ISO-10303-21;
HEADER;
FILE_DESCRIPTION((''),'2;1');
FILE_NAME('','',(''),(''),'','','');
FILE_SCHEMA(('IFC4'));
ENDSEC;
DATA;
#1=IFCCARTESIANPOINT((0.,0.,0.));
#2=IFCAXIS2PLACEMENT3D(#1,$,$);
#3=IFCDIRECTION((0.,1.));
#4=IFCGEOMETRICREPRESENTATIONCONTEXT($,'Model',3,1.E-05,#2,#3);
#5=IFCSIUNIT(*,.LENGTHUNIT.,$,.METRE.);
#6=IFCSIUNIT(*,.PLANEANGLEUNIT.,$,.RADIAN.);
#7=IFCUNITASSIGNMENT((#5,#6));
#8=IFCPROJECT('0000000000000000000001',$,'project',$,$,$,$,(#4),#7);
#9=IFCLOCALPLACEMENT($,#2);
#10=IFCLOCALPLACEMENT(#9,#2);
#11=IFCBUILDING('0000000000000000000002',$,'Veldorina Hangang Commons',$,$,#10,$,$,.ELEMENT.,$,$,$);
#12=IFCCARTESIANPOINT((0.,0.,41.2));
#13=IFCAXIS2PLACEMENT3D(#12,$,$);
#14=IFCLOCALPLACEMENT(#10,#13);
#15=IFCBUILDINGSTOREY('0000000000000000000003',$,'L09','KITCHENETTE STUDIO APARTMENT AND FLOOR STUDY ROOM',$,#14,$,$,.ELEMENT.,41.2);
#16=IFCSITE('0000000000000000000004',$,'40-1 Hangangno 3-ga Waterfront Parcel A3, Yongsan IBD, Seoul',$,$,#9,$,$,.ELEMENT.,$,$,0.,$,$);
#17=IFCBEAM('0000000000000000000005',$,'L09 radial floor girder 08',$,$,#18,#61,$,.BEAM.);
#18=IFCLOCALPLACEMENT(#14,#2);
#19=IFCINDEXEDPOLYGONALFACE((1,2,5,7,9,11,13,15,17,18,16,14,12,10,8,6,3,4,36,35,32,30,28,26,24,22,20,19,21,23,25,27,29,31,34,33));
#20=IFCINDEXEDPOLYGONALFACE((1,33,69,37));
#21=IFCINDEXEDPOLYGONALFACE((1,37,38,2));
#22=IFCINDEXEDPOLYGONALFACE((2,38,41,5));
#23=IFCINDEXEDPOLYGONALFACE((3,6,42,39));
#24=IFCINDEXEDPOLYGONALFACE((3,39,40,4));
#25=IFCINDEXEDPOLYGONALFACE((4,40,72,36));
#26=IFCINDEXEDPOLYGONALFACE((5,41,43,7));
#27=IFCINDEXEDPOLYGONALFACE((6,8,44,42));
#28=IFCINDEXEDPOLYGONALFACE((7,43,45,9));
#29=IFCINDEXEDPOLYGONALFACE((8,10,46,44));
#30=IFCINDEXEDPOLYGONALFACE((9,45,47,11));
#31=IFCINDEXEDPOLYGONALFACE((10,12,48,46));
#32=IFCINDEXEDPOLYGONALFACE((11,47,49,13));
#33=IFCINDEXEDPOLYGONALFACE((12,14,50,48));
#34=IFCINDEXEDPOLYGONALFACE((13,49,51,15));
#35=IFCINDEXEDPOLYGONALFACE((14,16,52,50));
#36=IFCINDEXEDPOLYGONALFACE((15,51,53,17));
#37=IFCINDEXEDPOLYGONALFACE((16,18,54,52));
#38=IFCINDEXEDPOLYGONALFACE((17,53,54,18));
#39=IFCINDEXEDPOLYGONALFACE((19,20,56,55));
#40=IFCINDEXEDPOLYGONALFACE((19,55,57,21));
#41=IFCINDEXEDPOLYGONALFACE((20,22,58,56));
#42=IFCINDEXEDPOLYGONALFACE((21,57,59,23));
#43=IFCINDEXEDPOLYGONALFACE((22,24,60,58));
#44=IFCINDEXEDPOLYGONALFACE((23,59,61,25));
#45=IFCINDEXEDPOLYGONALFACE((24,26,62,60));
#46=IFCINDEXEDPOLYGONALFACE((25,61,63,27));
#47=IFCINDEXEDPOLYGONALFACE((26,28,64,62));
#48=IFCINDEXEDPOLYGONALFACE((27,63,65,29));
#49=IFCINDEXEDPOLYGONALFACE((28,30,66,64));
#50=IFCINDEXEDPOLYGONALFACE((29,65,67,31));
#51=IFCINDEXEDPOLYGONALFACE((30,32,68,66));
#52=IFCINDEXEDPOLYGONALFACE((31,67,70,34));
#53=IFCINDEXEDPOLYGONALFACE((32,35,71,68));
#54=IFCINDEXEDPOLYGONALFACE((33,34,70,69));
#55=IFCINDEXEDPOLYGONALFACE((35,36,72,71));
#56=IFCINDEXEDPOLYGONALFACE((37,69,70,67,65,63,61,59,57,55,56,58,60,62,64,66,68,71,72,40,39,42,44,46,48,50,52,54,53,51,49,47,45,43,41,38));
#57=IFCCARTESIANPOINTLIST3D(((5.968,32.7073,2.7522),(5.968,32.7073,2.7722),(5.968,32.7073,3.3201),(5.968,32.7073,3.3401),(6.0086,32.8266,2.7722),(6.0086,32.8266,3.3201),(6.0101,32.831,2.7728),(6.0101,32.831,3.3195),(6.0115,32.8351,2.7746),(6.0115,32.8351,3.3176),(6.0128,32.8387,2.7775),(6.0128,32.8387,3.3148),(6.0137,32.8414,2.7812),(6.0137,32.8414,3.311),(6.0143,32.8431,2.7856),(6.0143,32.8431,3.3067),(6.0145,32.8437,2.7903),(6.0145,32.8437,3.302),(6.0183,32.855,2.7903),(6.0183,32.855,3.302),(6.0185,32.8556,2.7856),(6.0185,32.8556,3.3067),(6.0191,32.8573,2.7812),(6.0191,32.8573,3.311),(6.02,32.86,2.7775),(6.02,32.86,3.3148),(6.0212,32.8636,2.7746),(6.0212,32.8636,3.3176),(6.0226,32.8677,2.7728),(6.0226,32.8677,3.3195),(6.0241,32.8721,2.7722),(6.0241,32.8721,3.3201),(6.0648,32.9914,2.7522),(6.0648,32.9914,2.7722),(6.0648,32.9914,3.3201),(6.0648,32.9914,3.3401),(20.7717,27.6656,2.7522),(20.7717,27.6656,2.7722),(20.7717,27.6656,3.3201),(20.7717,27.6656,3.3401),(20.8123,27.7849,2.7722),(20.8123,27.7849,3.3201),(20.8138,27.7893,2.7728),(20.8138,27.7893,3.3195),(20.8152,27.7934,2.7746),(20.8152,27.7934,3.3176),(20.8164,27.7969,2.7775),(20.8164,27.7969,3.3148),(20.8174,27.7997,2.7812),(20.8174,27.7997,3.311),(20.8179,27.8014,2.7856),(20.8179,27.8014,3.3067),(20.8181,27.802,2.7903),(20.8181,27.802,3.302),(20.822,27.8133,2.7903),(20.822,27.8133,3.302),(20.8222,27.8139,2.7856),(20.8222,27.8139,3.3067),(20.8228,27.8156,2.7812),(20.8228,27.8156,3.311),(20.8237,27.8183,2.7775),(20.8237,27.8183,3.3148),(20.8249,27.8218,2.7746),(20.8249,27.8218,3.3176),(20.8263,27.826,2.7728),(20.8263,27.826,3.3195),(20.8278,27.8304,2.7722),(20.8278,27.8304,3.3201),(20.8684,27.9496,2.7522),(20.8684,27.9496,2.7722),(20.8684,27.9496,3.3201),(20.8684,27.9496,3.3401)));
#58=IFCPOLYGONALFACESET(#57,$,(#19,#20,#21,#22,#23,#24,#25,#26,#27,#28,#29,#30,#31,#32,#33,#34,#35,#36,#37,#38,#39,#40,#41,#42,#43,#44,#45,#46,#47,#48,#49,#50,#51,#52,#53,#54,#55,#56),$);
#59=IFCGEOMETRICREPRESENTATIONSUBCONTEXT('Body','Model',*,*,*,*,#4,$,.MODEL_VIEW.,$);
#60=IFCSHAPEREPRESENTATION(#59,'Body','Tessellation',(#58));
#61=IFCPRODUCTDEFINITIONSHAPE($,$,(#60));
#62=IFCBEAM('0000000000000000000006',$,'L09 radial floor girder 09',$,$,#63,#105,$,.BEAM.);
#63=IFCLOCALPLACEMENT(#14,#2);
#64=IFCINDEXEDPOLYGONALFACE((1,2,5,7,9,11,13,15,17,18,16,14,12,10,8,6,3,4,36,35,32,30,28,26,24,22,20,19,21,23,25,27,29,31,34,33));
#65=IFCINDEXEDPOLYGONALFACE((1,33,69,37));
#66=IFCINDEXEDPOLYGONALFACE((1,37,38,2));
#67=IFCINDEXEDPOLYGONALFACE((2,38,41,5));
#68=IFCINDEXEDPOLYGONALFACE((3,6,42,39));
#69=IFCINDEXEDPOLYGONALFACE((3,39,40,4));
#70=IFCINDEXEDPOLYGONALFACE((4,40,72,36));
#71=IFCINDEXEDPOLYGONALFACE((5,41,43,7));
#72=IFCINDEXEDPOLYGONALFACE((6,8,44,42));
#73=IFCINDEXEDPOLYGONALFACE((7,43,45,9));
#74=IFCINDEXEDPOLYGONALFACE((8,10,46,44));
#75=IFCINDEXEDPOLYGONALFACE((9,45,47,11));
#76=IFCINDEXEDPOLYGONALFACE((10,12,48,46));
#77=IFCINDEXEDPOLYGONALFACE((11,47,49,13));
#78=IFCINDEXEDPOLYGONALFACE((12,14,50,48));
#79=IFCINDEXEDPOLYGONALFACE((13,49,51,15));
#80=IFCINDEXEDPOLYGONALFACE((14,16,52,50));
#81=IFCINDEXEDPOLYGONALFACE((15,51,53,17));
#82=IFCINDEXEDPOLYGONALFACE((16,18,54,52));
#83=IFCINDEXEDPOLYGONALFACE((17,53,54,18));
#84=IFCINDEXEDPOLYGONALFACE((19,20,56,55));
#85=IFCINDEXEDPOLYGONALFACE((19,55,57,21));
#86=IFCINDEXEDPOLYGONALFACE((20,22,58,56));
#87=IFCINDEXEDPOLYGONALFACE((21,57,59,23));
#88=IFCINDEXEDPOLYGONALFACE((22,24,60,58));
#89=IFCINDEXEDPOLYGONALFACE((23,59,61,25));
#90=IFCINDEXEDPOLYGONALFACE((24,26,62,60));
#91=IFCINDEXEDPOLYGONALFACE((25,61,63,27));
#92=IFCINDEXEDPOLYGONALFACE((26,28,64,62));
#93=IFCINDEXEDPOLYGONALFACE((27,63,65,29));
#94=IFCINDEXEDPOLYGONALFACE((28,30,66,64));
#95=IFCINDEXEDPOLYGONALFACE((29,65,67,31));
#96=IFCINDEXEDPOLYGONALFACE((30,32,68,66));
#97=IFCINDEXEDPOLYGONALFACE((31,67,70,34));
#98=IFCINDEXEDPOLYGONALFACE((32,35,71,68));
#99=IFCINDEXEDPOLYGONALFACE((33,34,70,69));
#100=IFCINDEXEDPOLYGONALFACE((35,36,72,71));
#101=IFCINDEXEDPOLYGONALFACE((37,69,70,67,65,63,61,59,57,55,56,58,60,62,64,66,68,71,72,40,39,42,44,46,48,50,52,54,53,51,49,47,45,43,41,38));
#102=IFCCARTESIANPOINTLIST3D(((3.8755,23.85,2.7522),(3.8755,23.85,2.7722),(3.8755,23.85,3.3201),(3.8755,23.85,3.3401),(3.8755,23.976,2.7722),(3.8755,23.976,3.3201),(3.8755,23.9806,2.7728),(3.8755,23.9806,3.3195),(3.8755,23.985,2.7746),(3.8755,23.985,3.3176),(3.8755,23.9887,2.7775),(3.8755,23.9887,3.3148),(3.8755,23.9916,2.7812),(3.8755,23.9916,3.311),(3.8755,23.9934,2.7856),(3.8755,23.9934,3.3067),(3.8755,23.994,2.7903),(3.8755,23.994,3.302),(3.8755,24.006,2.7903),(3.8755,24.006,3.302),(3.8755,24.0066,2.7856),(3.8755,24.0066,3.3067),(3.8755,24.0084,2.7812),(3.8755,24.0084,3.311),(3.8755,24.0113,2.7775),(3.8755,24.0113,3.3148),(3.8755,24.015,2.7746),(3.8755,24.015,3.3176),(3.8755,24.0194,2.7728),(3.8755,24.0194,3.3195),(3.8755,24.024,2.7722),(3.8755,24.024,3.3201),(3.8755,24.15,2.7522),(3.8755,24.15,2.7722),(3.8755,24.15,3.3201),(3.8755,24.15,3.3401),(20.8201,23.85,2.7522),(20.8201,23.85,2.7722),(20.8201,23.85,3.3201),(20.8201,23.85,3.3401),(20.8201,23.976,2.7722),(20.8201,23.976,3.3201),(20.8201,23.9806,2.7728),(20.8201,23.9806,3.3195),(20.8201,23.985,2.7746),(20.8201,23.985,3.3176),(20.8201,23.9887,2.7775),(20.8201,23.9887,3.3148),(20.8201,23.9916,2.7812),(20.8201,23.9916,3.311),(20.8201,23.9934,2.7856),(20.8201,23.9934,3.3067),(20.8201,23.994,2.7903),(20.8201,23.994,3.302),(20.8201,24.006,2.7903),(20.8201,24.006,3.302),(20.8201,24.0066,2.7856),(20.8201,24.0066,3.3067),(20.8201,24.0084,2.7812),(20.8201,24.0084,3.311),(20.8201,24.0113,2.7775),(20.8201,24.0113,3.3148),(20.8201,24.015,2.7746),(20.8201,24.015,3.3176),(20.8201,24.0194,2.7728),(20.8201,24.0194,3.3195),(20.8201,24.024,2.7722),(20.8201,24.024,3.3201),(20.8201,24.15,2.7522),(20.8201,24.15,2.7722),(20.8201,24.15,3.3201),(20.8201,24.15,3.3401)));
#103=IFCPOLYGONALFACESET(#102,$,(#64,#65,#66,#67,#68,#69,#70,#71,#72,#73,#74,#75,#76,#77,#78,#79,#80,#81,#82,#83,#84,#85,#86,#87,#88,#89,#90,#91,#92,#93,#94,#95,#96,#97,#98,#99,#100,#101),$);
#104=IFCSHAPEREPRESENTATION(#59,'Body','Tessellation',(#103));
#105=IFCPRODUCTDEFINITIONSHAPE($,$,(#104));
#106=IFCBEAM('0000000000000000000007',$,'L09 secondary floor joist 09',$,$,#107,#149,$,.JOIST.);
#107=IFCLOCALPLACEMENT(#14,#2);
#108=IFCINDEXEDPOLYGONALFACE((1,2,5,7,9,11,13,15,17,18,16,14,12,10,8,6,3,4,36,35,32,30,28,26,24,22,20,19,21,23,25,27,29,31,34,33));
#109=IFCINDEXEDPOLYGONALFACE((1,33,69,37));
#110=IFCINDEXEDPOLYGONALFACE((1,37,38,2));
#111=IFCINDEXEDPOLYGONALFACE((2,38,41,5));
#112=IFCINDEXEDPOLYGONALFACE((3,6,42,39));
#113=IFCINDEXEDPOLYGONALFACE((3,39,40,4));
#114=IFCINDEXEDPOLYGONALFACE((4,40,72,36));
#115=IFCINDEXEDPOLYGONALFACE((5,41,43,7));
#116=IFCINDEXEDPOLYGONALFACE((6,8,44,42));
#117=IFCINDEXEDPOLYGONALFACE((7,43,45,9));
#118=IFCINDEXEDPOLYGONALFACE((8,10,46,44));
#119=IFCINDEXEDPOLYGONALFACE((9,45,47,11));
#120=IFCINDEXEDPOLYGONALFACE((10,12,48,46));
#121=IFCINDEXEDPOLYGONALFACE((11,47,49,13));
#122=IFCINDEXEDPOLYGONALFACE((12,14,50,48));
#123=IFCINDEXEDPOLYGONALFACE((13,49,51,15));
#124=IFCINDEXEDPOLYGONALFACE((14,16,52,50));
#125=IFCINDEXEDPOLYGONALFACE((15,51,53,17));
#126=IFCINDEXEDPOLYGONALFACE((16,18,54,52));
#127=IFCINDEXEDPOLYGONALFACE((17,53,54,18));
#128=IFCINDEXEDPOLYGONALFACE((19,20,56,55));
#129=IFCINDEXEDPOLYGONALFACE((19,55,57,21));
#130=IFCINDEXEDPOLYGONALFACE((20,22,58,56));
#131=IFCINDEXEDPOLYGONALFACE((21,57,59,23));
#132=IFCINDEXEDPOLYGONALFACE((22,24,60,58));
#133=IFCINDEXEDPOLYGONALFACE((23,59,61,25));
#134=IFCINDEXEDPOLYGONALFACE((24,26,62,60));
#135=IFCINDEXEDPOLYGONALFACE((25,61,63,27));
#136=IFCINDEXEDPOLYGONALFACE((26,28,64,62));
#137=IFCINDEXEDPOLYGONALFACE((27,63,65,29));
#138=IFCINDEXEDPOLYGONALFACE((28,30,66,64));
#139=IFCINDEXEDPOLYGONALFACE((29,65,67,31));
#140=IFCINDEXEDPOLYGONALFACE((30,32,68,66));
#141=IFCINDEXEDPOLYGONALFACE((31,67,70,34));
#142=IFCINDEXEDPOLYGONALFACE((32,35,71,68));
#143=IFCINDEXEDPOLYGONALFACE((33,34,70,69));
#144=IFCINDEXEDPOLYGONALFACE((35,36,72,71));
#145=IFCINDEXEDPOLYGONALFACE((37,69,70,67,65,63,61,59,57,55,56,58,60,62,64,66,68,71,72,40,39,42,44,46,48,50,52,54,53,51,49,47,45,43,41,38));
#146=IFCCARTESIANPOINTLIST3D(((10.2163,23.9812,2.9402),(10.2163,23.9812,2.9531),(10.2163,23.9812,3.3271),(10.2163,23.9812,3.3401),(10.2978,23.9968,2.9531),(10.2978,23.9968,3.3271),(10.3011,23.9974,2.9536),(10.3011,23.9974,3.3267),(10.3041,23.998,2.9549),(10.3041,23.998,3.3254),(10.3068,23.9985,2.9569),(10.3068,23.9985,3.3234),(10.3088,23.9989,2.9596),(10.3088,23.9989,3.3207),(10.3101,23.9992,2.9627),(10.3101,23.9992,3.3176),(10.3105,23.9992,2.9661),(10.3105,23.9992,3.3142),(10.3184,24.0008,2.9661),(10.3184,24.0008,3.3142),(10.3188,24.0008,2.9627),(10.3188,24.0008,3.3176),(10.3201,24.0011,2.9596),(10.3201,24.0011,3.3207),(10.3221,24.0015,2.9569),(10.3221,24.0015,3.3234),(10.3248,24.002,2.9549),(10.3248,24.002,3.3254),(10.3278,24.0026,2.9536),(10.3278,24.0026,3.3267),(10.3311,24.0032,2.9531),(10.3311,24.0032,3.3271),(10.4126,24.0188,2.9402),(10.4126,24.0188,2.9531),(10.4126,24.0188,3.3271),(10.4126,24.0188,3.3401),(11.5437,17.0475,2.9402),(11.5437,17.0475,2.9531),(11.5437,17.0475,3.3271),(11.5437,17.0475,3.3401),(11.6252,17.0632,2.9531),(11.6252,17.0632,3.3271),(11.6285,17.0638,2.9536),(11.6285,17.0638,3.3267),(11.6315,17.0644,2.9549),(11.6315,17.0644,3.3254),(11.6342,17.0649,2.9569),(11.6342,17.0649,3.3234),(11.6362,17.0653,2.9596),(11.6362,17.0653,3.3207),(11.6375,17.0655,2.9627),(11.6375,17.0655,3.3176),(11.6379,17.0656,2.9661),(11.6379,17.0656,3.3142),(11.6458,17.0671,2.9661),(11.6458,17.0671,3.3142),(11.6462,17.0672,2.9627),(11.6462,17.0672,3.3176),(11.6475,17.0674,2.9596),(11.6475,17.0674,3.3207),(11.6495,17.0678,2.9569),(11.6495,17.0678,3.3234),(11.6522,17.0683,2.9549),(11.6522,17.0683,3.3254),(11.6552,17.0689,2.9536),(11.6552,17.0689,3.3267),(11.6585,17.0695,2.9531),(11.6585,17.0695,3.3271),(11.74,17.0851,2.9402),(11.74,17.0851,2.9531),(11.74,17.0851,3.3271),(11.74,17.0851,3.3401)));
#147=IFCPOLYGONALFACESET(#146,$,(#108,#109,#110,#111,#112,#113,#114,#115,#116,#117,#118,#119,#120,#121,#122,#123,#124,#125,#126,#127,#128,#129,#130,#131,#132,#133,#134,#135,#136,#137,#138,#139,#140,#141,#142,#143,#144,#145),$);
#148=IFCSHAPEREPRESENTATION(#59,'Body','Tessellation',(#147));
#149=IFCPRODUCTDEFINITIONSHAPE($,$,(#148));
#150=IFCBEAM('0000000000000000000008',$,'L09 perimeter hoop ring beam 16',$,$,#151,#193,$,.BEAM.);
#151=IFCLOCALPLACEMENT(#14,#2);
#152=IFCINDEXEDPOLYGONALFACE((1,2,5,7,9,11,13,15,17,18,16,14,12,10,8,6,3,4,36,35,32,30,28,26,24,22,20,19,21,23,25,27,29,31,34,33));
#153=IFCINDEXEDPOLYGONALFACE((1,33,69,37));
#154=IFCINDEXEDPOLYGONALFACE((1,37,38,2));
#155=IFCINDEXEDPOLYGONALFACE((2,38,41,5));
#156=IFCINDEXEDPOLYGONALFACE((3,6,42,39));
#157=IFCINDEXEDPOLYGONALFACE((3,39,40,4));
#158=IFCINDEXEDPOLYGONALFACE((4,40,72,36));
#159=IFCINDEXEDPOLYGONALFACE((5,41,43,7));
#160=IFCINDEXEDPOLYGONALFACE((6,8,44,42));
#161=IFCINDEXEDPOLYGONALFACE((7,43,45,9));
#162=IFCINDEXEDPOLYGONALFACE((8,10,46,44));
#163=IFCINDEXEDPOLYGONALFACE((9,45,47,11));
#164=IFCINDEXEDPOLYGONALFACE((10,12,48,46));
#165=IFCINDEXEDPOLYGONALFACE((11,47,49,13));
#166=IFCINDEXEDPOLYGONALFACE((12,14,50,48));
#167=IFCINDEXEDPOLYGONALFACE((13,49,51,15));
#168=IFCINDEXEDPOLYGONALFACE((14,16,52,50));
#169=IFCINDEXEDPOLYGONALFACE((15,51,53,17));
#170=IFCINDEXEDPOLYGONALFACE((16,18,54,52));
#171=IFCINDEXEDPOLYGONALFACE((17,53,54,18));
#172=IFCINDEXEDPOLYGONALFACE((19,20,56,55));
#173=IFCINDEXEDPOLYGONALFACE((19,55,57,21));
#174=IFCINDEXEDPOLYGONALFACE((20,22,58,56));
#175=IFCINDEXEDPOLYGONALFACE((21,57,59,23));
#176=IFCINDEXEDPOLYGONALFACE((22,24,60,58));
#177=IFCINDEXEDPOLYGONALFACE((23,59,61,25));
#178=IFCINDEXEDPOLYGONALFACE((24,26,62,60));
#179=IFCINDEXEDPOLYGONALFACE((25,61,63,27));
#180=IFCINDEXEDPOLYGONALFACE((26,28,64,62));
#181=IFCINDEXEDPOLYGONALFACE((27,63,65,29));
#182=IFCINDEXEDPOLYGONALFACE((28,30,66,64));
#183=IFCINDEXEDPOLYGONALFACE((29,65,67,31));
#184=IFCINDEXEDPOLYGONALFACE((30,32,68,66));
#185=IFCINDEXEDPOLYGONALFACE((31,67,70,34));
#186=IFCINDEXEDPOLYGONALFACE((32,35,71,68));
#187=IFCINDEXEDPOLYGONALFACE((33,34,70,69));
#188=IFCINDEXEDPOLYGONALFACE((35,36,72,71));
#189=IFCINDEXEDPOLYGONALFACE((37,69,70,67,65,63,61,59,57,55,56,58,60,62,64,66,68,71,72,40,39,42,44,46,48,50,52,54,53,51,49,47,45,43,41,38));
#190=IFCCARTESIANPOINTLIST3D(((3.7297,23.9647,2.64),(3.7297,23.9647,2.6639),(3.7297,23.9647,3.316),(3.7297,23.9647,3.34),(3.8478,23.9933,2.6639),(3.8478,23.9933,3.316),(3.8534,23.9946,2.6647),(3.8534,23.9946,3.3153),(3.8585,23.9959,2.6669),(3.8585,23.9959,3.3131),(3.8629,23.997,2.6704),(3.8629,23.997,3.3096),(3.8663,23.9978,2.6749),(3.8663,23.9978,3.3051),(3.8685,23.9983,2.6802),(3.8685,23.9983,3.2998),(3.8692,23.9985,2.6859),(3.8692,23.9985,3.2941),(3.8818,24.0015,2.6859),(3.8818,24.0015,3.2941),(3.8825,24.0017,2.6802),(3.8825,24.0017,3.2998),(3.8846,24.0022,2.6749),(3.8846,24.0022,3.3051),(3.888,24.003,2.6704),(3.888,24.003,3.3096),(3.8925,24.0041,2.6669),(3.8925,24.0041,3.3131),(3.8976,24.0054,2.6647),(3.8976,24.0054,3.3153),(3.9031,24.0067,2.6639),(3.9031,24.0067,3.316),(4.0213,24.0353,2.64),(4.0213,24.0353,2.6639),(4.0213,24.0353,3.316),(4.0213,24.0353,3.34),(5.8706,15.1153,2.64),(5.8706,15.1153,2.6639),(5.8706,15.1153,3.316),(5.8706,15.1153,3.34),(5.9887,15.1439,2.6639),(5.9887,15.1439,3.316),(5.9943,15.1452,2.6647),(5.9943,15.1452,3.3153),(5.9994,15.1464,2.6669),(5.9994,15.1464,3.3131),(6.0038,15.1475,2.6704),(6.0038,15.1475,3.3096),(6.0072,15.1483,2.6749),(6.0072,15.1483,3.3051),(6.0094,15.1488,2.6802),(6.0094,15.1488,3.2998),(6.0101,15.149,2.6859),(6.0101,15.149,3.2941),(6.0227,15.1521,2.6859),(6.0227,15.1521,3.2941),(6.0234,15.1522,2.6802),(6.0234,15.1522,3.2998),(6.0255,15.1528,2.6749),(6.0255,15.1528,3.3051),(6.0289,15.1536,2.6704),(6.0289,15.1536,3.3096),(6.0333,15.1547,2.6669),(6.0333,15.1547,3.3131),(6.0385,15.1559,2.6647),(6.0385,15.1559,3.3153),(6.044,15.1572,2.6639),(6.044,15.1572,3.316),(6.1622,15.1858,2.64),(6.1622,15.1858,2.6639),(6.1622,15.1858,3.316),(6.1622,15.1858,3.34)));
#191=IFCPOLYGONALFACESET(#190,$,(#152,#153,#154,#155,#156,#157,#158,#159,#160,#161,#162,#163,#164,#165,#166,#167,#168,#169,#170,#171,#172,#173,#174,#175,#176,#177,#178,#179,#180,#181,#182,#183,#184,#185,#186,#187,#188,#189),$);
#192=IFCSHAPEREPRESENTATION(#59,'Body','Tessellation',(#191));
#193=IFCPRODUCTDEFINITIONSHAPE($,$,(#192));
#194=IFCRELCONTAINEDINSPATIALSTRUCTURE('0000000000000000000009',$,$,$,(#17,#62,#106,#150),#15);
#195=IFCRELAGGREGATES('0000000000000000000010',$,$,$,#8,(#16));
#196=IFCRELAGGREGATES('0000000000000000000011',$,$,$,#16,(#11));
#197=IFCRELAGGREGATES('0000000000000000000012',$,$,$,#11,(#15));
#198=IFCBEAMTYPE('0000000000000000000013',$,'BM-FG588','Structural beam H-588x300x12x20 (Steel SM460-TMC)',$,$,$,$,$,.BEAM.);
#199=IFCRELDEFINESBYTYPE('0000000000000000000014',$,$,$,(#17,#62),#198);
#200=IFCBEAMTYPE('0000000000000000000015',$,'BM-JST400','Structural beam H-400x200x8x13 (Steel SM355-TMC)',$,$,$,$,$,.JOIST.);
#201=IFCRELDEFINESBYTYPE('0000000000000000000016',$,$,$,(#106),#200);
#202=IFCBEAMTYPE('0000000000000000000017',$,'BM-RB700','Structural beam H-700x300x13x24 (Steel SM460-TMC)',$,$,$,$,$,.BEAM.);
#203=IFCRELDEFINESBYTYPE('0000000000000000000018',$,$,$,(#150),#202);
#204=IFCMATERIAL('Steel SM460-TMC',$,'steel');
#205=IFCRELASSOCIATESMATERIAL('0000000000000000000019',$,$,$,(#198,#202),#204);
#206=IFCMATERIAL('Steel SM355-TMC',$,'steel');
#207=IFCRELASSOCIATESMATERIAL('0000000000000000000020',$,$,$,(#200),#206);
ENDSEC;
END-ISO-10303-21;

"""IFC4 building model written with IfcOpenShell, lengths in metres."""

from ifc_helpers import new_model, si_unit, direction, frame, origin, origin_2d, place, context, subcontext, project, spatial, i_section, extrude, material, material_profile, profile_set, type_object, element, save


model = new_model("IFC4")

# Units and contexts
model_context = context("Model", 3, precision=1e-05, world=origin(), true_north=direction((0.0, 1.0)))
body_context = subcontext(model_context, "Body", "Model", "MODEL_VIEW")
ifc_project = project(units=[si_unit("LENGTHUNIT", "METRE"), si_unit("PLANEANGLEUNIT", "RADIAN")], contexts=[model_context])

# Site, building, storey
site_placement = place(None, origin())
site = spatial("IfcSite", under=ifc_project, at=site_placement, Name="40-1 Hangangno 3-ga Waterfront Parcel A3, Yongsan IBD, Seoul", CompositionType="ELEMENT", RefElevation=0.0)
building_placement = place(site_placement, origin())
building = spatial("IfcBuilding", under=site, at=building_placement, Name="Veldorina Hangang Commons", CompositionType="ELEMENT")
storey_placement = place(building_placement, frame((0.0, 0.0, 41.2)))
storey = spatial("IfcBuildingStorey", under=building, at=storey_placement, Name="L09", Description="KITCHENETTE STUDIO APARTMENT AND FLOOR STUDY ROOM", CompositionType="ELEMENT", Elevation=41.2)

# Beams
ifc_material_1 = material(Name="Steel SM460-TMC", Category="steel")
ifc_material_profile_1 = material_profile(ifc_material_1, i_section(OverallWidth=0.3, OverallDepth=0.5879, WebThickness=0.012, FlangeThickness=0.02, FilletRadius=0.0181, at=origin_2d()), Name="H-588x300x12x20")
ifc_profile_set_1 = profile_set([ifc_material_profile_1], Name="Steel SM460-TMC")
beam_type_1 = type_object("IfcBeamType", Name="BM-FG588", Description="Structural beam H-588x300x12x20 (Steel SM460-TMC)", PredefinedType="BEAM", material=ifc_profile_set_1)
beam_1_placement = place(storey_placement, frame((20.8201, 27.8076, 3.0461), z_axis=(-0.946607, 0.322389, 0.0), x_axis=(-0.322389, -0.946607, 0.0)))
element("IfcBeam", 1, at=beam_1_placement, inside=storey, type_object=beam_type_1, Name="L09 radial floor girder 08", PredefinedType="BEAM", context=body_context, shape_type="SweptSolid", body=[
    extrude(i_section(OverallWidth=0.3, OverallDepth=0.5879, WebThickness=0.012, FlangeThickness=0.02, FilletRadius=0.0181, at=origin_2d()), origin(), (0.0, 0.0, 1.0), 15.6387),
])
beam_2_placement = place(storey_placement, frame((20.8201, 24.0, 3.0461), z_axis=(-1.0, 0.0, 0.0), x_axis=(0.0, -1.0, 0.0)))
element("IfcBeam", 2, at=beam_2_placement, inside=storey, type_object=beam_type_1, Name="L09 radial floor girder 09", PredefinedType="BEAM", context=body_context, shape_type="SweptSolid", body=[
    extrude(i_section(OverallWidth=0.3, OverallDepth=0.5879, WebThickness=0.012, FlangeThickness=0.02, FilletRadius=0.0181, at=origin_2d()), origin(), (0.0, 0.0, 1.0), 16.9446),
])
ifc_material_2 = material(Name="Steel SM355-TMC", Category="steel")
ifc_material_profile_2 = material_profile(ifc_material_2, i_section(OverallWidth=0.2, OverallDepth=0.3999, WebThickness=0.0081, FlangeThickness=0.0129, FilletRadius=0.0129, at=origin_2d()), Name="H-400x200x8x13")
ifc_profile_set_2 = profile_set([ifc_material_profile_2], Name="Steel SM355-TMC")
beam_type_2 = type_object("IfcBeamType", Name="BM-JST400", Description="Structural beam H-400x200x8x13 (Steel SM355-TMC)", PredefinedType="JOIST", material=ifc_profile_set_2)
beam_3_placement = place(storey_placement, frame((10.3145, 24.0, 3.1401), z_axis=(0.188029, -0.982163, 0.0), x_axis=(0.982163, 0.188029, 0.0)))
element("IfcBeam", 3, at=beam_3_placement, inside=storey, type_object=beam_type_2, Name="L09 secondary floor joist 09", PredefinedType="JOIST", context=body_context, shape_type="SweptSolid", body=[
    extrude(i_section(OverallWidth=0.2, OverallDepth=0.3999, WebThickness=0.0081, FlangeThickness=0.0129, FilletRadius=0.0129, at=origin_2d()), origin(), (0.0, 0.0, 1.0), 7.0596),
])
ifc_material_profile_3 = material_profile(ifc_material_1, i_section(OverallWidth=0.3, OverallDepth=0.7, WebThickness=0.0129, FlangeThickness=0.0239, FilletRadius=0.022, at=origin_2d()), Name="H-700x300x13x24")
ifc_profile_set_3 = profile_set([ifc_material_profile_3], Name="Steel SM460-TMC")
beam_type_3 = type_object("IfcBeamType", Name="BM-RB700", Description="Structural beam H-700x300x13x24 (Steel SM460-TMC)", PredefinedType="BEAM", material=ifc_profile_set_3)
beam_4_placement = place(storey_placement, frame((3.8755, 24.0, 2.99), z_axis=(0.23514, -0.971961, 0.0), x_axis=(0.971961, 0.23514, 0.0)))
element("IfcBeam", 4, at=beam_4_placement, inside=storey, type_object=beam_type_3, Name="L09 perimeter hoop ring beam 16", PredefinedType="BEAM", context=body_context, shape_type="SweptSolid", body=[
    extrude(i_section(OverallWidth=0.3, OverallDepth=0.7, WebThickness=0.0129, FlangeThickness=0.0239, FilletRadius=0.022, at=origin_2d()), origin(), (0.0, 0.0, 1.0), 9.1047),
])

save(model, "model.ifc")
